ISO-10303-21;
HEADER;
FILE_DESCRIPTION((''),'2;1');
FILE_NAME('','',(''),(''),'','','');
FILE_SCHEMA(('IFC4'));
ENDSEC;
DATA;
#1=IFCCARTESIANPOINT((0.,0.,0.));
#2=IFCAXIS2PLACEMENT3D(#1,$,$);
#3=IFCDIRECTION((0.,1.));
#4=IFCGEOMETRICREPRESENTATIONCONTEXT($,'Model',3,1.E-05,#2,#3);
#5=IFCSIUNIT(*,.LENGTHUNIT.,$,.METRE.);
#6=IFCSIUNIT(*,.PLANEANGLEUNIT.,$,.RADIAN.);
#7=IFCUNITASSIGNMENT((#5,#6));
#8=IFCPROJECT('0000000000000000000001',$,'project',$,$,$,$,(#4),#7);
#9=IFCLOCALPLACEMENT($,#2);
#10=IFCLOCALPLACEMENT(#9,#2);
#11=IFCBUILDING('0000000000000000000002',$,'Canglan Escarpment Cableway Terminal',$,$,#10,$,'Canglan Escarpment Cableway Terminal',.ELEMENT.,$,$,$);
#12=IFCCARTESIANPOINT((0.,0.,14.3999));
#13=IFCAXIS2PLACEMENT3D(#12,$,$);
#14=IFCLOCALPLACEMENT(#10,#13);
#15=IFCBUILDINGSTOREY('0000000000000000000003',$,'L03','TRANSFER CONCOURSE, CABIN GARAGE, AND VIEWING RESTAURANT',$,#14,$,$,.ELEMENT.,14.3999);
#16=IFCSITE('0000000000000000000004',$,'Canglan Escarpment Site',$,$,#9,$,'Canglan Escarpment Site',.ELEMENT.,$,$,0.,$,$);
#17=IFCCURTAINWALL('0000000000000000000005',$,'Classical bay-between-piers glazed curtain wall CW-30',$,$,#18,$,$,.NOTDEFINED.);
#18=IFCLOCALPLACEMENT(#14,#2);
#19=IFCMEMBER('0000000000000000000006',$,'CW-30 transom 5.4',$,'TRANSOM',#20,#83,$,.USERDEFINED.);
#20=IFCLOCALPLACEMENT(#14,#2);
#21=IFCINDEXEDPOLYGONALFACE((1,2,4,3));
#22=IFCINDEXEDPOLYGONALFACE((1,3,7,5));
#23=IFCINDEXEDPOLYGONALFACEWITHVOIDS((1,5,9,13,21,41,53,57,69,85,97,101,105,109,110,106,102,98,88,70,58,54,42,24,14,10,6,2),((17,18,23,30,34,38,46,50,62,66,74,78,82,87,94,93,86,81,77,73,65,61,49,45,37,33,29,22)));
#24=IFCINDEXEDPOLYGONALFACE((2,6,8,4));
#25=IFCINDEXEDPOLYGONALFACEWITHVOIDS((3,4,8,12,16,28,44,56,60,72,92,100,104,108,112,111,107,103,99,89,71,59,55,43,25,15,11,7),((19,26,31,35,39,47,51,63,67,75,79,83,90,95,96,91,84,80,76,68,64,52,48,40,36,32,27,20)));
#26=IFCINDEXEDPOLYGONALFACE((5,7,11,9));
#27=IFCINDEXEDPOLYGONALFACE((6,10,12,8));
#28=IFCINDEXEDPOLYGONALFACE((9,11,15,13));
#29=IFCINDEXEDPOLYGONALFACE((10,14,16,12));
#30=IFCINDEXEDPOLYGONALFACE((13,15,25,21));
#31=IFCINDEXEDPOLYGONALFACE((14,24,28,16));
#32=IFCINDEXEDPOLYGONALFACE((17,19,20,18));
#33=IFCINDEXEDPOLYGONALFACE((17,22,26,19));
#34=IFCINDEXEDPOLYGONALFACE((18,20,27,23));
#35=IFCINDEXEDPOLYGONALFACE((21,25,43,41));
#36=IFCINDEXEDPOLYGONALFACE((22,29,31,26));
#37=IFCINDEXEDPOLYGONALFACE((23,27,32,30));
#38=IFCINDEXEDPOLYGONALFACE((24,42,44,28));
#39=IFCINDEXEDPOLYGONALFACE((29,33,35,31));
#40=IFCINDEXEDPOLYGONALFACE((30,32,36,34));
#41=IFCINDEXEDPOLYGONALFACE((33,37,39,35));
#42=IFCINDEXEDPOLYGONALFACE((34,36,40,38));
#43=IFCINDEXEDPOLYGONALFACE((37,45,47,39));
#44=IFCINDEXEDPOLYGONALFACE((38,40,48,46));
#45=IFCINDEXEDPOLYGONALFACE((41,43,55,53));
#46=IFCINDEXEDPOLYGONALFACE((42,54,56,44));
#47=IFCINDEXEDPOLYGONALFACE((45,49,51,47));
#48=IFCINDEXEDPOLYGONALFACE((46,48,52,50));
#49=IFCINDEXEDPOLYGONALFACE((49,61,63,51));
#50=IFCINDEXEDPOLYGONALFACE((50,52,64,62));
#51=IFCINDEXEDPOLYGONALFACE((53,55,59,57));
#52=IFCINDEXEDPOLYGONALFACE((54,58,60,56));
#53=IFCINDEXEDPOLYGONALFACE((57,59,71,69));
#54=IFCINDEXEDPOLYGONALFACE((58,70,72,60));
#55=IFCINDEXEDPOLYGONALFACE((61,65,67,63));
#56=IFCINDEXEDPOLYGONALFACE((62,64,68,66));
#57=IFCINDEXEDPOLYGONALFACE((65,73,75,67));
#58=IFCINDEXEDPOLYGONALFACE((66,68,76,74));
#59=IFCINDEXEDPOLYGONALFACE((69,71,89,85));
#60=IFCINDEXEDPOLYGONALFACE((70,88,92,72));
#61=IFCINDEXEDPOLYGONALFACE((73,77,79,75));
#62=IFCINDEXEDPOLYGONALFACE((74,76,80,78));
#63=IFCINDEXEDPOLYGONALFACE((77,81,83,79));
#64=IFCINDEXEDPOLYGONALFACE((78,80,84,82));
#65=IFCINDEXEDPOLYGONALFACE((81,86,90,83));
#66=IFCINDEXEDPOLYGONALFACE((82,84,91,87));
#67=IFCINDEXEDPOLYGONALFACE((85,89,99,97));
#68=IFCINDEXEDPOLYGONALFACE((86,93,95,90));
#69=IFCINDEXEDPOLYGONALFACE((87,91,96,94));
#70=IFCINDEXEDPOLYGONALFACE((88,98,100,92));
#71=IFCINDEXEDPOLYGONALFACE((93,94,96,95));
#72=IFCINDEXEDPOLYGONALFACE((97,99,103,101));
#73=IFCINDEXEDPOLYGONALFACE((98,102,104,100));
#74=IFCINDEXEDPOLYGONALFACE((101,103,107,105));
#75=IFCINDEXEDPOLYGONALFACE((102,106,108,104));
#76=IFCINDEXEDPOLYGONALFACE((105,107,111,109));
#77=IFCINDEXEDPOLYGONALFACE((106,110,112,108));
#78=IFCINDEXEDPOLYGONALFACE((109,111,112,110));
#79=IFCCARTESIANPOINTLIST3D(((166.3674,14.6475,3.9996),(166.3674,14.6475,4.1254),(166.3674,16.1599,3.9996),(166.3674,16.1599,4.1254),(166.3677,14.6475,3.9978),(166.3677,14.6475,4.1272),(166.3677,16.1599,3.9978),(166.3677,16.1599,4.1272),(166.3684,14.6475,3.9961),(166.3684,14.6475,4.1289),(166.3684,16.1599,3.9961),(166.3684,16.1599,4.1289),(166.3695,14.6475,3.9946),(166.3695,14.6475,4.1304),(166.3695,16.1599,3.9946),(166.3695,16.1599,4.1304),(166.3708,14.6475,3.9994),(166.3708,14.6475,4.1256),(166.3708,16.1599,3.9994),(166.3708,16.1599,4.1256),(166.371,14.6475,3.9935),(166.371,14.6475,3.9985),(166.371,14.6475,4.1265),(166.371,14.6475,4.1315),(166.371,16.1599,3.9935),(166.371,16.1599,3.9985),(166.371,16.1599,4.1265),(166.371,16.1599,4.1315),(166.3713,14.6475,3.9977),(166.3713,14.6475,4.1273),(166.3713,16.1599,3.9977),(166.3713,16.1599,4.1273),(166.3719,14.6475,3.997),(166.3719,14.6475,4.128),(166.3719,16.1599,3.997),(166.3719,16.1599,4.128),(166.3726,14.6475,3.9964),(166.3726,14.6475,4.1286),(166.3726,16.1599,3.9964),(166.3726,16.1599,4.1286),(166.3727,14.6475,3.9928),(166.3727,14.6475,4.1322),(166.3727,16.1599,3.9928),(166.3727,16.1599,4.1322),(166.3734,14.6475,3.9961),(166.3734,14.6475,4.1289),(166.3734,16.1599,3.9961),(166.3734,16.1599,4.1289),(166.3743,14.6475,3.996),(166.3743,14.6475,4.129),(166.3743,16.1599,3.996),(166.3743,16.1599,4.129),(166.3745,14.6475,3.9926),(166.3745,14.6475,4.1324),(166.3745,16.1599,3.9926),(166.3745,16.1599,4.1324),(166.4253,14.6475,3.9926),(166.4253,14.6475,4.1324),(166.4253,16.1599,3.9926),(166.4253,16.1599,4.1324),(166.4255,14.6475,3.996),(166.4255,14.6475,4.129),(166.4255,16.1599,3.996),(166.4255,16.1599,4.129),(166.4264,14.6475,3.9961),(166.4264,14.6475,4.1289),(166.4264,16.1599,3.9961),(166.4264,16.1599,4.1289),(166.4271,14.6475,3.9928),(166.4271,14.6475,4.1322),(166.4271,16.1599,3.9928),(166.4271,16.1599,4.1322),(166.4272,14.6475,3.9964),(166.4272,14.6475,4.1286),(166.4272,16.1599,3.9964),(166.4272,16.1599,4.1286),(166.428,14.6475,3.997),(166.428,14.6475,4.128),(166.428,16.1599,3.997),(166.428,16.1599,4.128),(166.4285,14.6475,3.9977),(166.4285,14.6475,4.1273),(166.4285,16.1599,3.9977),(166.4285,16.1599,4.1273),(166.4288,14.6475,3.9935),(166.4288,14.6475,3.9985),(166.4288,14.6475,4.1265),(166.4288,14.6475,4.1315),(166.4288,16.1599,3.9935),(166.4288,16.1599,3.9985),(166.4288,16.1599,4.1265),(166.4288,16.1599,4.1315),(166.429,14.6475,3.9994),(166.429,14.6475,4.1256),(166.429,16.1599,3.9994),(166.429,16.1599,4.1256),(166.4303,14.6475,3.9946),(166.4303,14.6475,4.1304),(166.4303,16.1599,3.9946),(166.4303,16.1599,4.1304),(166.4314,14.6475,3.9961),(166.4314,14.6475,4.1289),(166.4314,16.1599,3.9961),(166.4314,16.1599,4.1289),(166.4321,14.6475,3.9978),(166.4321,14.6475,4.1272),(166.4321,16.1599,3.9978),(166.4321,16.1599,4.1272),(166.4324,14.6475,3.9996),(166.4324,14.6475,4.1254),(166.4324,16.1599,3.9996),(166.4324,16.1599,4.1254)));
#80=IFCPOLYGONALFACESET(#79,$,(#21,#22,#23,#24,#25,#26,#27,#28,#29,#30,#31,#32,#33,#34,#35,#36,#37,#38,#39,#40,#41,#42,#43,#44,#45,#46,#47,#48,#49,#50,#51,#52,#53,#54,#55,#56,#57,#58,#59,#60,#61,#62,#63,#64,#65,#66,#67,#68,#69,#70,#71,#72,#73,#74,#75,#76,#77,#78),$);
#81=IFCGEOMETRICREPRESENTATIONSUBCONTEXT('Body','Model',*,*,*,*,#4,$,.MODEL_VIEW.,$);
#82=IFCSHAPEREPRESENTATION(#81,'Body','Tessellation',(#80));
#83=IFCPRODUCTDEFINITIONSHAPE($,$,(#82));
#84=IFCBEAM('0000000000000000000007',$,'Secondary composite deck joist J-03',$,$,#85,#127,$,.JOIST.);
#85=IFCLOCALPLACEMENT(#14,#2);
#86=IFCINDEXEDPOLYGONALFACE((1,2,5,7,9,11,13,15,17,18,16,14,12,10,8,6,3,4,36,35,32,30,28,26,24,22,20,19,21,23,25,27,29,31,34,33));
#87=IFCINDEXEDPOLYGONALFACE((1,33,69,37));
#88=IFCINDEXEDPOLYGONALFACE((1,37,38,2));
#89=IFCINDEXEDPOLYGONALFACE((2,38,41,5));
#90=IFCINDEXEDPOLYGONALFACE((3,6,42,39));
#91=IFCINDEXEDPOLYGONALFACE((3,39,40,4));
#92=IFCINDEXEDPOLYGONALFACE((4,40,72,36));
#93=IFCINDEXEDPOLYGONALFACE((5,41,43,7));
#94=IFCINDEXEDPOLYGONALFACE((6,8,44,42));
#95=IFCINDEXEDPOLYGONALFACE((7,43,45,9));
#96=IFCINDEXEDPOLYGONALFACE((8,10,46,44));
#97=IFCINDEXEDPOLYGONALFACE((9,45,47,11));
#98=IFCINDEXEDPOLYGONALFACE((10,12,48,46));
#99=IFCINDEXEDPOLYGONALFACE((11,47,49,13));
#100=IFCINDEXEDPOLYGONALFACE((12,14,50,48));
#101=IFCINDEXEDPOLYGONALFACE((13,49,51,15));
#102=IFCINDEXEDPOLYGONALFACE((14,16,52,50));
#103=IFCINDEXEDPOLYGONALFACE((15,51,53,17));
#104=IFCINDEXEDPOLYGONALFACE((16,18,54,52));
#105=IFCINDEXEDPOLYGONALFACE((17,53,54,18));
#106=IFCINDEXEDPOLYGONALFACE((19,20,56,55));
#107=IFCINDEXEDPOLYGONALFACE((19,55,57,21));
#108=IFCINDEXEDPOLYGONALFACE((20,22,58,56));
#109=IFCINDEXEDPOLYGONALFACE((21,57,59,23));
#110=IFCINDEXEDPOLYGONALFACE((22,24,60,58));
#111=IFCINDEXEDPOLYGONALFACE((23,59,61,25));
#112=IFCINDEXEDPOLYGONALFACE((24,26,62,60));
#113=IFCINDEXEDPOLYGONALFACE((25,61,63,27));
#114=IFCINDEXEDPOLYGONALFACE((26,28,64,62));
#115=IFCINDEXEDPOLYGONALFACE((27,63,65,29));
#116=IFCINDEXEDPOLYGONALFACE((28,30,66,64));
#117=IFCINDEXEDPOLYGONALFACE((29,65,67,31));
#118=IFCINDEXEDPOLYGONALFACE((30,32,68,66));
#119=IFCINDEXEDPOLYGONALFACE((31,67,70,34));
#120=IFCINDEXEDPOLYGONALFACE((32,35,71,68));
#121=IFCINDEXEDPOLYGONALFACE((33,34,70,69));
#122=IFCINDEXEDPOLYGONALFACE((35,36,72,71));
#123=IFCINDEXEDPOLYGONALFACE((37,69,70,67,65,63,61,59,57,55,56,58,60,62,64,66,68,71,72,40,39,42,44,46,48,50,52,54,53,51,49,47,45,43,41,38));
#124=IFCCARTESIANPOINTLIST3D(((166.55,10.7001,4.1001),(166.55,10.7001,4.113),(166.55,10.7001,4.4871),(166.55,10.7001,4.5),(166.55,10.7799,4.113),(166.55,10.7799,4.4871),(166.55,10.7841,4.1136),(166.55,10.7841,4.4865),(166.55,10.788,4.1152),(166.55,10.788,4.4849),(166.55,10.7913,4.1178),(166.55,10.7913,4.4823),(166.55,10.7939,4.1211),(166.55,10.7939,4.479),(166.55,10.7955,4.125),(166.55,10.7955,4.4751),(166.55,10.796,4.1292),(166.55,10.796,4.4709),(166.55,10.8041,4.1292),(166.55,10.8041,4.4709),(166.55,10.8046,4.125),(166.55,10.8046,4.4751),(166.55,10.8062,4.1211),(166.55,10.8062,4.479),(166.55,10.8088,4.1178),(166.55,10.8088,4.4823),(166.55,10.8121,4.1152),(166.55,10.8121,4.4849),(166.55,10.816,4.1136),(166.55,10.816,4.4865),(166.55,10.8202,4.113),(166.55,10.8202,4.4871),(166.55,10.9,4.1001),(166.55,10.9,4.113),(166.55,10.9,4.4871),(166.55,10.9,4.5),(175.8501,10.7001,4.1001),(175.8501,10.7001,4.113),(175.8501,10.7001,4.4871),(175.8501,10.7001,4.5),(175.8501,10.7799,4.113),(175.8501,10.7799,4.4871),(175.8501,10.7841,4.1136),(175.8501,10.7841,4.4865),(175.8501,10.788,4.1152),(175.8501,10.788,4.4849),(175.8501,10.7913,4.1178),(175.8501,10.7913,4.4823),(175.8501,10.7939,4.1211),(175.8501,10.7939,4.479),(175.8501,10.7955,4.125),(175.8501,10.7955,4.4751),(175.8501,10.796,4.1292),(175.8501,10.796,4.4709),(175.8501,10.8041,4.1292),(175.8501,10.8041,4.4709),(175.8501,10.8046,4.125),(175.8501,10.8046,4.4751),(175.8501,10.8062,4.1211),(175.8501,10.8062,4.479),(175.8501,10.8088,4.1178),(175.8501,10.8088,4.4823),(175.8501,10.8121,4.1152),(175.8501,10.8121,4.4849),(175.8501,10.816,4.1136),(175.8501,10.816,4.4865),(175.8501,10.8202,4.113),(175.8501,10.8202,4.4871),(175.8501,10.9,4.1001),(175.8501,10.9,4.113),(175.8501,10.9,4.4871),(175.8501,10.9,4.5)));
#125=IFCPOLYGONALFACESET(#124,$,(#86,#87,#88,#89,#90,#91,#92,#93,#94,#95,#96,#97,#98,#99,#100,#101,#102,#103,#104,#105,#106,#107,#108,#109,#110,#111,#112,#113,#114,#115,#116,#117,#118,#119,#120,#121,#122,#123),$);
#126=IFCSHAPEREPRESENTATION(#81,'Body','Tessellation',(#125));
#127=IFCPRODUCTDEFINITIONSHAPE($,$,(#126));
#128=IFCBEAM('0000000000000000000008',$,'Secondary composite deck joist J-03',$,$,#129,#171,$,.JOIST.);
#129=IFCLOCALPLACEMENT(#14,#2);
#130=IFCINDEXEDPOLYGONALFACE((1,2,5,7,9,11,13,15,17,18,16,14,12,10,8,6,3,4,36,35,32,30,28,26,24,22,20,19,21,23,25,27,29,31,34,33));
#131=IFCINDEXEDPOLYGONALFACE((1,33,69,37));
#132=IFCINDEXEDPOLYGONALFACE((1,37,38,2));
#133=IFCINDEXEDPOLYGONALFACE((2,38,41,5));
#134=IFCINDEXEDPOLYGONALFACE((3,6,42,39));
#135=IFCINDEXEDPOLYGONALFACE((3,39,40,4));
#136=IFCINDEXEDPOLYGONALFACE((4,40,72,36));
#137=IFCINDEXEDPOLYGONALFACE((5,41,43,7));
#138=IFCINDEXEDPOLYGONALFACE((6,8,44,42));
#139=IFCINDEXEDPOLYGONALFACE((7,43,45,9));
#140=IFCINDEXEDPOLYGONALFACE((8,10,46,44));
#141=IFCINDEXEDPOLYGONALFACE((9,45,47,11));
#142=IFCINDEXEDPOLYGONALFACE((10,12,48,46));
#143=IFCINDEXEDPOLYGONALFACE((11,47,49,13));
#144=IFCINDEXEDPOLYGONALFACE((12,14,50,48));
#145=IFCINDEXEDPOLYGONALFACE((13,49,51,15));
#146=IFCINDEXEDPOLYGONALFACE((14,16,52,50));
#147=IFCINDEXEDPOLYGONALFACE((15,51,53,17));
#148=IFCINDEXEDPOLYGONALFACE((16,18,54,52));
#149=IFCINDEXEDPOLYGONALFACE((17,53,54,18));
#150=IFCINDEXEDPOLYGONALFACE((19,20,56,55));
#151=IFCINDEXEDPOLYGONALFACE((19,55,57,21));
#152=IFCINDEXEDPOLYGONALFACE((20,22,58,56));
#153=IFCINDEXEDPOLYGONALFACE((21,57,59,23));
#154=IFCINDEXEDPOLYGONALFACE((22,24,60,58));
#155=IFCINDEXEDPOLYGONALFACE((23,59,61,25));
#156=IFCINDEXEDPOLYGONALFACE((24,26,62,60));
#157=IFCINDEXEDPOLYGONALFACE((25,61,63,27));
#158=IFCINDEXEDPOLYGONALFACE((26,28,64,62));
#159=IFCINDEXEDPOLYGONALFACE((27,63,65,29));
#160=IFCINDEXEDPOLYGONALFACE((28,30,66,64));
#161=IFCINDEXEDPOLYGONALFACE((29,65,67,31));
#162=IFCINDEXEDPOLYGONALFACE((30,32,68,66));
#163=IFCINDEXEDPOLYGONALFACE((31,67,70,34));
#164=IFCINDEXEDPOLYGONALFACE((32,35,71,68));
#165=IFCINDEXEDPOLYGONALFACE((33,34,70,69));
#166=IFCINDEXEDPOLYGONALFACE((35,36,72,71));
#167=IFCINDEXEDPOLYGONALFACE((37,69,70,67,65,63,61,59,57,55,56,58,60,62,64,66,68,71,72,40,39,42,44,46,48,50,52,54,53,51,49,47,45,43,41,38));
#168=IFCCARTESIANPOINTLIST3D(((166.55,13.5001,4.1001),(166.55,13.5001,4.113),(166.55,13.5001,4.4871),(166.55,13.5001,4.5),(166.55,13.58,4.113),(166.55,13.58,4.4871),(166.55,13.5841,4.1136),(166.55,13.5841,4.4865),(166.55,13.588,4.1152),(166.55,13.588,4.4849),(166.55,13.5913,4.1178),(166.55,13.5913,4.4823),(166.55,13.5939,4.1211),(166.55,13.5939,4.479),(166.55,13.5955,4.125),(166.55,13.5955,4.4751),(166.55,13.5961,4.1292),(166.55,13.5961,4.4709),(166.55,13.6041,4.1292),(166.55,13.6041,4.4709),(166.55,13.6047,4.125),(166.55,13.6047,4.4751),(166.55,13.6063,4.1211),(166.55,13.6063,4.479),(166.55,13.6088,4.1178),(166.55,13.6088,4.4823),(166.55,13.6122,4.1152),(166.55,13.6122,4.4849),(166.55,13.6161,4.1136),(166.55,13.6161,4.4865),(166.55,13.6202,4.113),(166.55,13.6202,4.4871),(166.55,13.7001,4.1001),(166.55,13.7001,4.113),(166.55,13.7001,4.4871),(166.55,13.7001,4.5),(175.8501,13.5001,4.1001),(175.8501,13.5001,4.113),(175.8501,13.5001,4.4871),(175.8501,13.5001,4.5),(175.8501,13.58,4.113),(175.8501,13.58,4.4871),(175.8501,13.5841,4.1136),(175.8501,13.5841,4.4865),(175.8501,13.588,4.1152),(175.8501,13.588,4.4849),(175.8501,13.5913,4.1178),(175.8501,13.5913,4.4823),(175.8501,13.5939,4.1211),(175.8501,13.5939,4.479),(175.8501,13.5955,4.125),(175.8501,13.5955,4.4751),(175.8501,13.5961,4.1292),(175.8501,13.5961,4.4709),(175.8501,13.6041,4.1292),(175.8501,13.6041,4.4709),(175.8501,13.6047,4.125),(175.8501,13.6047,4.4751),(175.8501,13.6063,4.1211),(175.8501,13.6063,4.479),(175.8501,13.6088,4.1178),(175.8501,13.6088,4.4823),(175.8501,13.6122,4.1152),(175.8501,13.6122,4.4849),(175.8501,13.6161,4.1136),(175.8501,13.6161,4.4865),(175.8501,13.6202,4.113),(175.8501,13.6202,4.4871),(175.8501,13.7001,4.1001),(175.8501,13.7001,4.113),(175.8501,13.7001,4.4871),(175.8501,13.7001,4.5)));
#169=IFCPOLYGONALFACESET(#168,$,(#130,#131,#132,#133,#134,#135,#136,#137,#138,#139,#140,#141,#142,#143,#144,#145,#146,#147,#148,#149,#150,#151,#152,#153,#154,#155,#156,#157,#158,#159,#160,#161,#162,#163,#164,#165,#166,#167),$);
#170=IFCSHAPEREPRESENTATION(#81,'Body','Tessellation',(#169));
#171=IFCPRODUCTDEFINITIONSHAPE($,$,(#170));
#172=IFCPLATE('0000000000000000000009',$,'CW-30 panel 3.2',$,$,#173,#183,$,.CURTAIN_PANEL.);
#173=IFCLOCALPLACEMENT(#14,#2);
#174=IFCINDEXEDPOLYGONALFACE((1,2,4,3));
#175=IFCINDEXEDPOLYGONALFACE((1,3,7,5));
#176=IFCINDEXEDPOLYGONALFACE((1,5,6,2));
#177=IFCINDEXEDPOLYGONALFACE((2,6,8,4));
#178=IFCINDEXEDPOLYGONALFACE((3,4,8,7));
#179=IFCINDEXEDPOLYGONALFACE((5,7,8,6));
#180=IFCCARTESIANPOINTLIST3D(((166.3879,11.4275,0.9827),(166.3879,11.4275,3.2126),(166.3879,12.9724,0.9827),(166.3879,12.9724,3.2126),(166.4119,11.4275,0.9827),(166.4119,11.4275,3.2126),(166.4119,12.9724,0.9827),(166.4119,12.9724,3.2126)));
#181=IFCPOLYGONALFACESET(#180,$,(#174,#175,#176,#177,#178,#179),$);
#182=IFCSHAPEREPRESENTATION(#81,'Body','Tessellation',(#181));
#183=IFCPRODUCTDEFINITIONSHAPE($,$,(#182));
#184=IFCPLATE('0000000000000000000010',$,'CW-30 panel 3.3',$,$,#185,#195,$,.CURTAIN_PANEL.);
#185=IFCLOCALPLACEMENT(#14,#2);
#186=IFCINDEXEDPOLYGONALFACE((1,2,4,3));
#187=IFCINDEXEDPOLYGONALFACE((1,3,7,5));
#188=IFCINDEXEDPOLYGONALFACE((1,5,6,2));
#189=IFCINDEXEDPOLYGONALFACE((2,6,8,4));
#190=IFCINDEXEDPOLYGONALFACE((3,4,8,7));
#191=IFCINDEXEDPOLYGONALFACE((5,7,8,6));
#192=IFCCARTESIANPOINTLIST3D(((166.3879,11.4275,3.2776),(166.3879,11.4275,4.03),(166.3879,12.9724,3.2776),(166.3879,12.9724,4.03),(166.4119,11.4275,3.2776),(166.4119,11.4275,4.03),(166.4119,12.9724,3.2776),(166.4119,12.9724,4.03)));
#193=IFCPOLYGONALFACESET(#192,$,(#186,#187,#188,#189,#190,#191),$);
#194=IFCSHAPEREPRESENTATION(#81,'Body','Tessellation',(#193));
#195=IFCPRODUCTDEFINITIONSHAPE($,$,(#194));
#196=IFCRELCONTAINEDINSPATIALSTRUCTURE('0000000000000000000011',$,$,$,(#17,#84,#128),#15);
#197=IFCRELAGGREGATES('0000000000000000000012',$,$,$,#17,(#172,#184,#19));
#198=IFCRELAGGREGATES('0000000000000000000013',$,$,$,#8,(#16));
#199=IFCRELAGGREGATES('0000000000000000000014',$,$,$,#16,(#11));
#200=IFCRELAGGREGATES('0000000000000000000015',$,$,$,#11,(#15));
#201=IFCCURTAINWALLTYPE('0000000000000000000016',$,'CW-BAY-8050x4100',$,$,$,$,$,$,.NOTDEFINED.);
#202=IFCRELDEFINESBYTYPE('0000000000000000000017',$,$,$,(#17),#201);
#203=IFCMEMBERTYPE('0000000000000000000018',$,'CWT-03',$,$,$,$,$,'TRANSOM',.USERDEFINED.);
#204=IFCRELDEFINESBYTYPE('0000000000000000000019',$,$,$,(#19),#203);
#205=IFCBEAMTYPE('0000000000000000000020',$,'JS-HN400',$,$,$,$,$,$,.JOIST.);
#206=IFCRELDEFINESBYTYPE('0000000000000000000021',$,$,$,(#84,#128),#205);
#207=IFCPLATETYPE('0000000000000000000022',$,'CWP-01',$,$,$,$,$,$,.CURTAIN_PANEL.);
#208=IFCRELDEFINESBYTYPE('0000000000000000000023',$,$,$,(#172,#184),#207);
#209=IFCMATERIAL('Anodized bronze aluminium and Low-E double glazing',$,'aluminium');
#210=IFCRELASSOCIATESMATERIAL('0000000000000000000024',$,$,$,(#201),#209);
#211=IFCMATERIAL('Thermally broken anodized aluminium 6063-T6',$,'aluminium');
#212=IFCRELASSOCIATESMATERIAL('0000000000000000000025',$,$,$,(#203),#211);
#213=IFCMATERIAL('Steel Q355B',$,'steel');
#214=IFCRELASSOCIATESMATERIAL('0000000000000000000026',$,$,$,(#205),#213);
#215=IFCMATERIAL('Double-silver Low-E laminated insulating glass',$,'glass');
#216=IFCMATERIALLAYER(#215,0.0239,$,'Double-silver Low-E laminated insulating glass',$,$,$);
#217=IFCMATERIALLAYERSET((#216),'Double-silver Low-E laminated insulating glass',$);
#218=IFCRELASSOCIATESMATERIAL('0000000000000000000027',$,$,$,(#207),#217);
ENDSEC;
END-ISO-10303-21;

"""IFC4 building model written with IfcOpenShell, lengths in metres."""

from ifc_helpers import new_model, si_unit, direction, frame, origin, origin_2d, place, context, subcontext, project, spatial, rectangle, hollow_rectangle, i_section, extrude, material, layer, layer_set, material_profile, profile_set, type_object, element, aggregate, save


model = new_model("IFC4")

# Units and contexts
model_context = context("Model", 3, precision=1e-05, world=origin(), true_north=direction((0.0, 1.0)))
body_context = subcontext(model_context, "Body", "Model", "MODEL_VIEW")
ifc_project = project(units=[si_unit("LENGTHUNIT", "METRE"), si_unit("PLANEANGLEUNIT", "RADIAN")], contexts=[model_context])

# Site, building, storey
site_placement = place(None, origin())
site = spatial("IfcSite", under=ifc_project, at=site_placement, Name="Canglan Escarpment Site", LongName="Canglan Escarpment Site", CompositionType="ELEMENT", RefElevation=0.0)
building_placement = place(site_placement, origin())
building = spatial("IfcBuilding", under=site, at=building_placement, Name="Canglan Escarpment Cableway Terminal", LongName="Canglan Escarpment Cableway Terminal", CompositionType="ELEMENT")
storey_placement = place(building_placement, frame((0.0, 0.0, 14.3999)))
storey = spatial("IfcBuildingStorey", under=building, at=storey_placement, Name="L03", Description="TRANSFER CONCOURSE, CABIN GARAGE, AND VIEWING RESTAURANT", CompositionType="ELEMENT", Elevation=14.3999)

# Shared definitions
ifc_material_1 = material(Name="Steel Q355B", Category="steel")

# Curtain wall, member
ifc_material_2 = material(Name="Anodized bronze aluminium and Low-E double glazing", Category="aluminium")
curtain_wall_type = type_object("IfcCurtainWallType", Name="CW-BAY-8050x4100", PredefinedType="NOTDEFINED", material=ifc_material_2)
curtain_wall_placement = place(storey_placement, origin())
curtain_wall = element("IfcCurtainWall", 1, at=curtain_wall_placement, inside=storey, type_object=curtain_wall_type, Name="Classical bay-between-piers glazed curtain wall CW-30", PredefinedType="NOTDEFINED")
ifc_material_3 = material(Name="Thermally broken anodized aluminium 6063-T6", Category="aluminium")
ifc_material_profile_1 = material_profile(ifc_material_3, hollow_rectangle(XDim=0.0649, YDim=0.1399, WallThickness=0.0034, InnerFilletRadius=0.0034, OuterFilletRadius=0.0071, at=origin_2d()), Name="ALU-TRAN 65x140x3.5")
ifc_profile_set_1 = profile_set([ifc_material_profile_1], Name="Thermally broken anodized aluminium 6063-T6")
member_type_1 = type_object("IfcMemberType", Name="CWT-03", ElementType="TRANSOM", PredefinedType="USERDEFINED", material=ifc_profile_set_1)
member_1_placement = place(storey_placement, frame((166.3999, 14.6475, 4.0625), z_axis=(0.0, 1.0, 0.0), x_axis=(-1.0, 0.0, 0.0)))
member_1 = element("IfcMember", 2, at=member_1_placement, type_object=member_type_1, Name="CW-30 transom 5.4", ObjectType="TRANSOM", PredefinedType="USERDEFINED", context=body_context, shape_type="SweptSolid", body=[
    extrude(hollow_rectangle(XDim=0.0649, YDim=0.1399, WallThickness=0.0034, InnerFilletRadius=0.0034, OuterFilletRadius=0.0071, at=origin_2d()), origin(), (0.0, 0.0, 1.0), 1.5125),
])

# Beams
ifc_material_profile_2 = material_profile(ifc_material_1, i_section(OverallWidth=0.2, OverallDepth=0.3999, WebThickness=0.0081, FlangeThickness=0.0129, FilletRadius=0.0161, at=origin_2d()), Name="HN 400x200x8x13")
ifc_profile_set_2 = profile_set([ifc_material_profile_2], Name="Steel Q355B")
beam_type_1 = type_object("IfcBeamType", Name="JS-HN400", PredefinedType="JOIST", material=ifc_profile_set_2)
for number, where, z_axis, x_axis, name in (
    (3, (166.55, 10.8, 4.3), (1.0, 0.0, 0.0), (0.0, 1.0, 0.0), "Secondary composite deck joist J-03"),
    (4, (166.55, 13.6001, 4.3), (1.0, 0.0, 0.0), (0.0, 1.0, 0.0), "Secondary composite deck joist J-03"),
):
    element("IfcBeam", number, at=place(storey_placement, frame(where, z_axis=z_axis, x_axis=x_axis)), inside=storey, type_object=beam_type_1, Name=name, PredefinedType="JOIST", context=body_context, shape_type="SweptSolid", body=[
        extrude(i_section(OverallWidth=0.2, OverallDepth=0.3999, WebThickness=0.0081, FlangeThickness=0.0129, FilletRadius=0.0161, at=origin_2d()), origin(), (0.0, 0.0, 1.0), 9.3),
    ])

# Plates
ifc_material_4 = material(Name="Double-silver Low-E laminated insulating glass", Category="glass")
ifc_layer_1 = layer(ifc_material_4, 0.0239, Name="Double-silver Low-E laminated insulating glass")
ifc_layer_set_1 = layer_set([ifc_layer_1], Name="Double-silver Low-E laminated insulating glass")
plate_type_1 = type_object("IfcPlateType", Name="CWP-01", PredefinedType="CURTAIN_PANEL", material=ifc_layer_set_1)
plate_1_placement = place(storey_placement, frame((166.3999, 12.2, 0.9827), z_axis=(0.0, 0.0, 1.0), x_axis=(0.0, 1.0, 0.0)))
plate_1 = element("IfcPlate", 5, at=plate_1_placement, type_object=plate_type_1, Name="CW-30 panel 3.2", PredefinedType="CURTAIN_PANEL", context=body_context, shape_type="SweptSolid", body=[
    extrude(rectangle(XDim=1.5449, YDim=0.0239, at=origin_2d()), origin(), (0.0, 0.0, 1.0), 2.23),
])
plate_2_placement = place(storey_placement, frame((166.3999, 12.2, 3.2776), z_axis=(0.0, 0.0, 1.0), x_axis=(0.0, 1.0, 0.0)))
plate_2 = element("IfcPlate", 6, at=plate_2_placement, type_object=plate_type_1, Name="CW-30 panel 3.3", PredefinedType="CURTAIN_PANEL", context=body_context, shape_type="SweptSolid", body=[
    extrude(rectangle(XDim=1.5449, YDim=0.0239, at=origin_2d()), origin(), (0.0, 0.0, 1.0), 0.7524),
])
aggregate(curtain_wall, [plate_1, plate_2, member_1])

save(model, "model.ifc")
